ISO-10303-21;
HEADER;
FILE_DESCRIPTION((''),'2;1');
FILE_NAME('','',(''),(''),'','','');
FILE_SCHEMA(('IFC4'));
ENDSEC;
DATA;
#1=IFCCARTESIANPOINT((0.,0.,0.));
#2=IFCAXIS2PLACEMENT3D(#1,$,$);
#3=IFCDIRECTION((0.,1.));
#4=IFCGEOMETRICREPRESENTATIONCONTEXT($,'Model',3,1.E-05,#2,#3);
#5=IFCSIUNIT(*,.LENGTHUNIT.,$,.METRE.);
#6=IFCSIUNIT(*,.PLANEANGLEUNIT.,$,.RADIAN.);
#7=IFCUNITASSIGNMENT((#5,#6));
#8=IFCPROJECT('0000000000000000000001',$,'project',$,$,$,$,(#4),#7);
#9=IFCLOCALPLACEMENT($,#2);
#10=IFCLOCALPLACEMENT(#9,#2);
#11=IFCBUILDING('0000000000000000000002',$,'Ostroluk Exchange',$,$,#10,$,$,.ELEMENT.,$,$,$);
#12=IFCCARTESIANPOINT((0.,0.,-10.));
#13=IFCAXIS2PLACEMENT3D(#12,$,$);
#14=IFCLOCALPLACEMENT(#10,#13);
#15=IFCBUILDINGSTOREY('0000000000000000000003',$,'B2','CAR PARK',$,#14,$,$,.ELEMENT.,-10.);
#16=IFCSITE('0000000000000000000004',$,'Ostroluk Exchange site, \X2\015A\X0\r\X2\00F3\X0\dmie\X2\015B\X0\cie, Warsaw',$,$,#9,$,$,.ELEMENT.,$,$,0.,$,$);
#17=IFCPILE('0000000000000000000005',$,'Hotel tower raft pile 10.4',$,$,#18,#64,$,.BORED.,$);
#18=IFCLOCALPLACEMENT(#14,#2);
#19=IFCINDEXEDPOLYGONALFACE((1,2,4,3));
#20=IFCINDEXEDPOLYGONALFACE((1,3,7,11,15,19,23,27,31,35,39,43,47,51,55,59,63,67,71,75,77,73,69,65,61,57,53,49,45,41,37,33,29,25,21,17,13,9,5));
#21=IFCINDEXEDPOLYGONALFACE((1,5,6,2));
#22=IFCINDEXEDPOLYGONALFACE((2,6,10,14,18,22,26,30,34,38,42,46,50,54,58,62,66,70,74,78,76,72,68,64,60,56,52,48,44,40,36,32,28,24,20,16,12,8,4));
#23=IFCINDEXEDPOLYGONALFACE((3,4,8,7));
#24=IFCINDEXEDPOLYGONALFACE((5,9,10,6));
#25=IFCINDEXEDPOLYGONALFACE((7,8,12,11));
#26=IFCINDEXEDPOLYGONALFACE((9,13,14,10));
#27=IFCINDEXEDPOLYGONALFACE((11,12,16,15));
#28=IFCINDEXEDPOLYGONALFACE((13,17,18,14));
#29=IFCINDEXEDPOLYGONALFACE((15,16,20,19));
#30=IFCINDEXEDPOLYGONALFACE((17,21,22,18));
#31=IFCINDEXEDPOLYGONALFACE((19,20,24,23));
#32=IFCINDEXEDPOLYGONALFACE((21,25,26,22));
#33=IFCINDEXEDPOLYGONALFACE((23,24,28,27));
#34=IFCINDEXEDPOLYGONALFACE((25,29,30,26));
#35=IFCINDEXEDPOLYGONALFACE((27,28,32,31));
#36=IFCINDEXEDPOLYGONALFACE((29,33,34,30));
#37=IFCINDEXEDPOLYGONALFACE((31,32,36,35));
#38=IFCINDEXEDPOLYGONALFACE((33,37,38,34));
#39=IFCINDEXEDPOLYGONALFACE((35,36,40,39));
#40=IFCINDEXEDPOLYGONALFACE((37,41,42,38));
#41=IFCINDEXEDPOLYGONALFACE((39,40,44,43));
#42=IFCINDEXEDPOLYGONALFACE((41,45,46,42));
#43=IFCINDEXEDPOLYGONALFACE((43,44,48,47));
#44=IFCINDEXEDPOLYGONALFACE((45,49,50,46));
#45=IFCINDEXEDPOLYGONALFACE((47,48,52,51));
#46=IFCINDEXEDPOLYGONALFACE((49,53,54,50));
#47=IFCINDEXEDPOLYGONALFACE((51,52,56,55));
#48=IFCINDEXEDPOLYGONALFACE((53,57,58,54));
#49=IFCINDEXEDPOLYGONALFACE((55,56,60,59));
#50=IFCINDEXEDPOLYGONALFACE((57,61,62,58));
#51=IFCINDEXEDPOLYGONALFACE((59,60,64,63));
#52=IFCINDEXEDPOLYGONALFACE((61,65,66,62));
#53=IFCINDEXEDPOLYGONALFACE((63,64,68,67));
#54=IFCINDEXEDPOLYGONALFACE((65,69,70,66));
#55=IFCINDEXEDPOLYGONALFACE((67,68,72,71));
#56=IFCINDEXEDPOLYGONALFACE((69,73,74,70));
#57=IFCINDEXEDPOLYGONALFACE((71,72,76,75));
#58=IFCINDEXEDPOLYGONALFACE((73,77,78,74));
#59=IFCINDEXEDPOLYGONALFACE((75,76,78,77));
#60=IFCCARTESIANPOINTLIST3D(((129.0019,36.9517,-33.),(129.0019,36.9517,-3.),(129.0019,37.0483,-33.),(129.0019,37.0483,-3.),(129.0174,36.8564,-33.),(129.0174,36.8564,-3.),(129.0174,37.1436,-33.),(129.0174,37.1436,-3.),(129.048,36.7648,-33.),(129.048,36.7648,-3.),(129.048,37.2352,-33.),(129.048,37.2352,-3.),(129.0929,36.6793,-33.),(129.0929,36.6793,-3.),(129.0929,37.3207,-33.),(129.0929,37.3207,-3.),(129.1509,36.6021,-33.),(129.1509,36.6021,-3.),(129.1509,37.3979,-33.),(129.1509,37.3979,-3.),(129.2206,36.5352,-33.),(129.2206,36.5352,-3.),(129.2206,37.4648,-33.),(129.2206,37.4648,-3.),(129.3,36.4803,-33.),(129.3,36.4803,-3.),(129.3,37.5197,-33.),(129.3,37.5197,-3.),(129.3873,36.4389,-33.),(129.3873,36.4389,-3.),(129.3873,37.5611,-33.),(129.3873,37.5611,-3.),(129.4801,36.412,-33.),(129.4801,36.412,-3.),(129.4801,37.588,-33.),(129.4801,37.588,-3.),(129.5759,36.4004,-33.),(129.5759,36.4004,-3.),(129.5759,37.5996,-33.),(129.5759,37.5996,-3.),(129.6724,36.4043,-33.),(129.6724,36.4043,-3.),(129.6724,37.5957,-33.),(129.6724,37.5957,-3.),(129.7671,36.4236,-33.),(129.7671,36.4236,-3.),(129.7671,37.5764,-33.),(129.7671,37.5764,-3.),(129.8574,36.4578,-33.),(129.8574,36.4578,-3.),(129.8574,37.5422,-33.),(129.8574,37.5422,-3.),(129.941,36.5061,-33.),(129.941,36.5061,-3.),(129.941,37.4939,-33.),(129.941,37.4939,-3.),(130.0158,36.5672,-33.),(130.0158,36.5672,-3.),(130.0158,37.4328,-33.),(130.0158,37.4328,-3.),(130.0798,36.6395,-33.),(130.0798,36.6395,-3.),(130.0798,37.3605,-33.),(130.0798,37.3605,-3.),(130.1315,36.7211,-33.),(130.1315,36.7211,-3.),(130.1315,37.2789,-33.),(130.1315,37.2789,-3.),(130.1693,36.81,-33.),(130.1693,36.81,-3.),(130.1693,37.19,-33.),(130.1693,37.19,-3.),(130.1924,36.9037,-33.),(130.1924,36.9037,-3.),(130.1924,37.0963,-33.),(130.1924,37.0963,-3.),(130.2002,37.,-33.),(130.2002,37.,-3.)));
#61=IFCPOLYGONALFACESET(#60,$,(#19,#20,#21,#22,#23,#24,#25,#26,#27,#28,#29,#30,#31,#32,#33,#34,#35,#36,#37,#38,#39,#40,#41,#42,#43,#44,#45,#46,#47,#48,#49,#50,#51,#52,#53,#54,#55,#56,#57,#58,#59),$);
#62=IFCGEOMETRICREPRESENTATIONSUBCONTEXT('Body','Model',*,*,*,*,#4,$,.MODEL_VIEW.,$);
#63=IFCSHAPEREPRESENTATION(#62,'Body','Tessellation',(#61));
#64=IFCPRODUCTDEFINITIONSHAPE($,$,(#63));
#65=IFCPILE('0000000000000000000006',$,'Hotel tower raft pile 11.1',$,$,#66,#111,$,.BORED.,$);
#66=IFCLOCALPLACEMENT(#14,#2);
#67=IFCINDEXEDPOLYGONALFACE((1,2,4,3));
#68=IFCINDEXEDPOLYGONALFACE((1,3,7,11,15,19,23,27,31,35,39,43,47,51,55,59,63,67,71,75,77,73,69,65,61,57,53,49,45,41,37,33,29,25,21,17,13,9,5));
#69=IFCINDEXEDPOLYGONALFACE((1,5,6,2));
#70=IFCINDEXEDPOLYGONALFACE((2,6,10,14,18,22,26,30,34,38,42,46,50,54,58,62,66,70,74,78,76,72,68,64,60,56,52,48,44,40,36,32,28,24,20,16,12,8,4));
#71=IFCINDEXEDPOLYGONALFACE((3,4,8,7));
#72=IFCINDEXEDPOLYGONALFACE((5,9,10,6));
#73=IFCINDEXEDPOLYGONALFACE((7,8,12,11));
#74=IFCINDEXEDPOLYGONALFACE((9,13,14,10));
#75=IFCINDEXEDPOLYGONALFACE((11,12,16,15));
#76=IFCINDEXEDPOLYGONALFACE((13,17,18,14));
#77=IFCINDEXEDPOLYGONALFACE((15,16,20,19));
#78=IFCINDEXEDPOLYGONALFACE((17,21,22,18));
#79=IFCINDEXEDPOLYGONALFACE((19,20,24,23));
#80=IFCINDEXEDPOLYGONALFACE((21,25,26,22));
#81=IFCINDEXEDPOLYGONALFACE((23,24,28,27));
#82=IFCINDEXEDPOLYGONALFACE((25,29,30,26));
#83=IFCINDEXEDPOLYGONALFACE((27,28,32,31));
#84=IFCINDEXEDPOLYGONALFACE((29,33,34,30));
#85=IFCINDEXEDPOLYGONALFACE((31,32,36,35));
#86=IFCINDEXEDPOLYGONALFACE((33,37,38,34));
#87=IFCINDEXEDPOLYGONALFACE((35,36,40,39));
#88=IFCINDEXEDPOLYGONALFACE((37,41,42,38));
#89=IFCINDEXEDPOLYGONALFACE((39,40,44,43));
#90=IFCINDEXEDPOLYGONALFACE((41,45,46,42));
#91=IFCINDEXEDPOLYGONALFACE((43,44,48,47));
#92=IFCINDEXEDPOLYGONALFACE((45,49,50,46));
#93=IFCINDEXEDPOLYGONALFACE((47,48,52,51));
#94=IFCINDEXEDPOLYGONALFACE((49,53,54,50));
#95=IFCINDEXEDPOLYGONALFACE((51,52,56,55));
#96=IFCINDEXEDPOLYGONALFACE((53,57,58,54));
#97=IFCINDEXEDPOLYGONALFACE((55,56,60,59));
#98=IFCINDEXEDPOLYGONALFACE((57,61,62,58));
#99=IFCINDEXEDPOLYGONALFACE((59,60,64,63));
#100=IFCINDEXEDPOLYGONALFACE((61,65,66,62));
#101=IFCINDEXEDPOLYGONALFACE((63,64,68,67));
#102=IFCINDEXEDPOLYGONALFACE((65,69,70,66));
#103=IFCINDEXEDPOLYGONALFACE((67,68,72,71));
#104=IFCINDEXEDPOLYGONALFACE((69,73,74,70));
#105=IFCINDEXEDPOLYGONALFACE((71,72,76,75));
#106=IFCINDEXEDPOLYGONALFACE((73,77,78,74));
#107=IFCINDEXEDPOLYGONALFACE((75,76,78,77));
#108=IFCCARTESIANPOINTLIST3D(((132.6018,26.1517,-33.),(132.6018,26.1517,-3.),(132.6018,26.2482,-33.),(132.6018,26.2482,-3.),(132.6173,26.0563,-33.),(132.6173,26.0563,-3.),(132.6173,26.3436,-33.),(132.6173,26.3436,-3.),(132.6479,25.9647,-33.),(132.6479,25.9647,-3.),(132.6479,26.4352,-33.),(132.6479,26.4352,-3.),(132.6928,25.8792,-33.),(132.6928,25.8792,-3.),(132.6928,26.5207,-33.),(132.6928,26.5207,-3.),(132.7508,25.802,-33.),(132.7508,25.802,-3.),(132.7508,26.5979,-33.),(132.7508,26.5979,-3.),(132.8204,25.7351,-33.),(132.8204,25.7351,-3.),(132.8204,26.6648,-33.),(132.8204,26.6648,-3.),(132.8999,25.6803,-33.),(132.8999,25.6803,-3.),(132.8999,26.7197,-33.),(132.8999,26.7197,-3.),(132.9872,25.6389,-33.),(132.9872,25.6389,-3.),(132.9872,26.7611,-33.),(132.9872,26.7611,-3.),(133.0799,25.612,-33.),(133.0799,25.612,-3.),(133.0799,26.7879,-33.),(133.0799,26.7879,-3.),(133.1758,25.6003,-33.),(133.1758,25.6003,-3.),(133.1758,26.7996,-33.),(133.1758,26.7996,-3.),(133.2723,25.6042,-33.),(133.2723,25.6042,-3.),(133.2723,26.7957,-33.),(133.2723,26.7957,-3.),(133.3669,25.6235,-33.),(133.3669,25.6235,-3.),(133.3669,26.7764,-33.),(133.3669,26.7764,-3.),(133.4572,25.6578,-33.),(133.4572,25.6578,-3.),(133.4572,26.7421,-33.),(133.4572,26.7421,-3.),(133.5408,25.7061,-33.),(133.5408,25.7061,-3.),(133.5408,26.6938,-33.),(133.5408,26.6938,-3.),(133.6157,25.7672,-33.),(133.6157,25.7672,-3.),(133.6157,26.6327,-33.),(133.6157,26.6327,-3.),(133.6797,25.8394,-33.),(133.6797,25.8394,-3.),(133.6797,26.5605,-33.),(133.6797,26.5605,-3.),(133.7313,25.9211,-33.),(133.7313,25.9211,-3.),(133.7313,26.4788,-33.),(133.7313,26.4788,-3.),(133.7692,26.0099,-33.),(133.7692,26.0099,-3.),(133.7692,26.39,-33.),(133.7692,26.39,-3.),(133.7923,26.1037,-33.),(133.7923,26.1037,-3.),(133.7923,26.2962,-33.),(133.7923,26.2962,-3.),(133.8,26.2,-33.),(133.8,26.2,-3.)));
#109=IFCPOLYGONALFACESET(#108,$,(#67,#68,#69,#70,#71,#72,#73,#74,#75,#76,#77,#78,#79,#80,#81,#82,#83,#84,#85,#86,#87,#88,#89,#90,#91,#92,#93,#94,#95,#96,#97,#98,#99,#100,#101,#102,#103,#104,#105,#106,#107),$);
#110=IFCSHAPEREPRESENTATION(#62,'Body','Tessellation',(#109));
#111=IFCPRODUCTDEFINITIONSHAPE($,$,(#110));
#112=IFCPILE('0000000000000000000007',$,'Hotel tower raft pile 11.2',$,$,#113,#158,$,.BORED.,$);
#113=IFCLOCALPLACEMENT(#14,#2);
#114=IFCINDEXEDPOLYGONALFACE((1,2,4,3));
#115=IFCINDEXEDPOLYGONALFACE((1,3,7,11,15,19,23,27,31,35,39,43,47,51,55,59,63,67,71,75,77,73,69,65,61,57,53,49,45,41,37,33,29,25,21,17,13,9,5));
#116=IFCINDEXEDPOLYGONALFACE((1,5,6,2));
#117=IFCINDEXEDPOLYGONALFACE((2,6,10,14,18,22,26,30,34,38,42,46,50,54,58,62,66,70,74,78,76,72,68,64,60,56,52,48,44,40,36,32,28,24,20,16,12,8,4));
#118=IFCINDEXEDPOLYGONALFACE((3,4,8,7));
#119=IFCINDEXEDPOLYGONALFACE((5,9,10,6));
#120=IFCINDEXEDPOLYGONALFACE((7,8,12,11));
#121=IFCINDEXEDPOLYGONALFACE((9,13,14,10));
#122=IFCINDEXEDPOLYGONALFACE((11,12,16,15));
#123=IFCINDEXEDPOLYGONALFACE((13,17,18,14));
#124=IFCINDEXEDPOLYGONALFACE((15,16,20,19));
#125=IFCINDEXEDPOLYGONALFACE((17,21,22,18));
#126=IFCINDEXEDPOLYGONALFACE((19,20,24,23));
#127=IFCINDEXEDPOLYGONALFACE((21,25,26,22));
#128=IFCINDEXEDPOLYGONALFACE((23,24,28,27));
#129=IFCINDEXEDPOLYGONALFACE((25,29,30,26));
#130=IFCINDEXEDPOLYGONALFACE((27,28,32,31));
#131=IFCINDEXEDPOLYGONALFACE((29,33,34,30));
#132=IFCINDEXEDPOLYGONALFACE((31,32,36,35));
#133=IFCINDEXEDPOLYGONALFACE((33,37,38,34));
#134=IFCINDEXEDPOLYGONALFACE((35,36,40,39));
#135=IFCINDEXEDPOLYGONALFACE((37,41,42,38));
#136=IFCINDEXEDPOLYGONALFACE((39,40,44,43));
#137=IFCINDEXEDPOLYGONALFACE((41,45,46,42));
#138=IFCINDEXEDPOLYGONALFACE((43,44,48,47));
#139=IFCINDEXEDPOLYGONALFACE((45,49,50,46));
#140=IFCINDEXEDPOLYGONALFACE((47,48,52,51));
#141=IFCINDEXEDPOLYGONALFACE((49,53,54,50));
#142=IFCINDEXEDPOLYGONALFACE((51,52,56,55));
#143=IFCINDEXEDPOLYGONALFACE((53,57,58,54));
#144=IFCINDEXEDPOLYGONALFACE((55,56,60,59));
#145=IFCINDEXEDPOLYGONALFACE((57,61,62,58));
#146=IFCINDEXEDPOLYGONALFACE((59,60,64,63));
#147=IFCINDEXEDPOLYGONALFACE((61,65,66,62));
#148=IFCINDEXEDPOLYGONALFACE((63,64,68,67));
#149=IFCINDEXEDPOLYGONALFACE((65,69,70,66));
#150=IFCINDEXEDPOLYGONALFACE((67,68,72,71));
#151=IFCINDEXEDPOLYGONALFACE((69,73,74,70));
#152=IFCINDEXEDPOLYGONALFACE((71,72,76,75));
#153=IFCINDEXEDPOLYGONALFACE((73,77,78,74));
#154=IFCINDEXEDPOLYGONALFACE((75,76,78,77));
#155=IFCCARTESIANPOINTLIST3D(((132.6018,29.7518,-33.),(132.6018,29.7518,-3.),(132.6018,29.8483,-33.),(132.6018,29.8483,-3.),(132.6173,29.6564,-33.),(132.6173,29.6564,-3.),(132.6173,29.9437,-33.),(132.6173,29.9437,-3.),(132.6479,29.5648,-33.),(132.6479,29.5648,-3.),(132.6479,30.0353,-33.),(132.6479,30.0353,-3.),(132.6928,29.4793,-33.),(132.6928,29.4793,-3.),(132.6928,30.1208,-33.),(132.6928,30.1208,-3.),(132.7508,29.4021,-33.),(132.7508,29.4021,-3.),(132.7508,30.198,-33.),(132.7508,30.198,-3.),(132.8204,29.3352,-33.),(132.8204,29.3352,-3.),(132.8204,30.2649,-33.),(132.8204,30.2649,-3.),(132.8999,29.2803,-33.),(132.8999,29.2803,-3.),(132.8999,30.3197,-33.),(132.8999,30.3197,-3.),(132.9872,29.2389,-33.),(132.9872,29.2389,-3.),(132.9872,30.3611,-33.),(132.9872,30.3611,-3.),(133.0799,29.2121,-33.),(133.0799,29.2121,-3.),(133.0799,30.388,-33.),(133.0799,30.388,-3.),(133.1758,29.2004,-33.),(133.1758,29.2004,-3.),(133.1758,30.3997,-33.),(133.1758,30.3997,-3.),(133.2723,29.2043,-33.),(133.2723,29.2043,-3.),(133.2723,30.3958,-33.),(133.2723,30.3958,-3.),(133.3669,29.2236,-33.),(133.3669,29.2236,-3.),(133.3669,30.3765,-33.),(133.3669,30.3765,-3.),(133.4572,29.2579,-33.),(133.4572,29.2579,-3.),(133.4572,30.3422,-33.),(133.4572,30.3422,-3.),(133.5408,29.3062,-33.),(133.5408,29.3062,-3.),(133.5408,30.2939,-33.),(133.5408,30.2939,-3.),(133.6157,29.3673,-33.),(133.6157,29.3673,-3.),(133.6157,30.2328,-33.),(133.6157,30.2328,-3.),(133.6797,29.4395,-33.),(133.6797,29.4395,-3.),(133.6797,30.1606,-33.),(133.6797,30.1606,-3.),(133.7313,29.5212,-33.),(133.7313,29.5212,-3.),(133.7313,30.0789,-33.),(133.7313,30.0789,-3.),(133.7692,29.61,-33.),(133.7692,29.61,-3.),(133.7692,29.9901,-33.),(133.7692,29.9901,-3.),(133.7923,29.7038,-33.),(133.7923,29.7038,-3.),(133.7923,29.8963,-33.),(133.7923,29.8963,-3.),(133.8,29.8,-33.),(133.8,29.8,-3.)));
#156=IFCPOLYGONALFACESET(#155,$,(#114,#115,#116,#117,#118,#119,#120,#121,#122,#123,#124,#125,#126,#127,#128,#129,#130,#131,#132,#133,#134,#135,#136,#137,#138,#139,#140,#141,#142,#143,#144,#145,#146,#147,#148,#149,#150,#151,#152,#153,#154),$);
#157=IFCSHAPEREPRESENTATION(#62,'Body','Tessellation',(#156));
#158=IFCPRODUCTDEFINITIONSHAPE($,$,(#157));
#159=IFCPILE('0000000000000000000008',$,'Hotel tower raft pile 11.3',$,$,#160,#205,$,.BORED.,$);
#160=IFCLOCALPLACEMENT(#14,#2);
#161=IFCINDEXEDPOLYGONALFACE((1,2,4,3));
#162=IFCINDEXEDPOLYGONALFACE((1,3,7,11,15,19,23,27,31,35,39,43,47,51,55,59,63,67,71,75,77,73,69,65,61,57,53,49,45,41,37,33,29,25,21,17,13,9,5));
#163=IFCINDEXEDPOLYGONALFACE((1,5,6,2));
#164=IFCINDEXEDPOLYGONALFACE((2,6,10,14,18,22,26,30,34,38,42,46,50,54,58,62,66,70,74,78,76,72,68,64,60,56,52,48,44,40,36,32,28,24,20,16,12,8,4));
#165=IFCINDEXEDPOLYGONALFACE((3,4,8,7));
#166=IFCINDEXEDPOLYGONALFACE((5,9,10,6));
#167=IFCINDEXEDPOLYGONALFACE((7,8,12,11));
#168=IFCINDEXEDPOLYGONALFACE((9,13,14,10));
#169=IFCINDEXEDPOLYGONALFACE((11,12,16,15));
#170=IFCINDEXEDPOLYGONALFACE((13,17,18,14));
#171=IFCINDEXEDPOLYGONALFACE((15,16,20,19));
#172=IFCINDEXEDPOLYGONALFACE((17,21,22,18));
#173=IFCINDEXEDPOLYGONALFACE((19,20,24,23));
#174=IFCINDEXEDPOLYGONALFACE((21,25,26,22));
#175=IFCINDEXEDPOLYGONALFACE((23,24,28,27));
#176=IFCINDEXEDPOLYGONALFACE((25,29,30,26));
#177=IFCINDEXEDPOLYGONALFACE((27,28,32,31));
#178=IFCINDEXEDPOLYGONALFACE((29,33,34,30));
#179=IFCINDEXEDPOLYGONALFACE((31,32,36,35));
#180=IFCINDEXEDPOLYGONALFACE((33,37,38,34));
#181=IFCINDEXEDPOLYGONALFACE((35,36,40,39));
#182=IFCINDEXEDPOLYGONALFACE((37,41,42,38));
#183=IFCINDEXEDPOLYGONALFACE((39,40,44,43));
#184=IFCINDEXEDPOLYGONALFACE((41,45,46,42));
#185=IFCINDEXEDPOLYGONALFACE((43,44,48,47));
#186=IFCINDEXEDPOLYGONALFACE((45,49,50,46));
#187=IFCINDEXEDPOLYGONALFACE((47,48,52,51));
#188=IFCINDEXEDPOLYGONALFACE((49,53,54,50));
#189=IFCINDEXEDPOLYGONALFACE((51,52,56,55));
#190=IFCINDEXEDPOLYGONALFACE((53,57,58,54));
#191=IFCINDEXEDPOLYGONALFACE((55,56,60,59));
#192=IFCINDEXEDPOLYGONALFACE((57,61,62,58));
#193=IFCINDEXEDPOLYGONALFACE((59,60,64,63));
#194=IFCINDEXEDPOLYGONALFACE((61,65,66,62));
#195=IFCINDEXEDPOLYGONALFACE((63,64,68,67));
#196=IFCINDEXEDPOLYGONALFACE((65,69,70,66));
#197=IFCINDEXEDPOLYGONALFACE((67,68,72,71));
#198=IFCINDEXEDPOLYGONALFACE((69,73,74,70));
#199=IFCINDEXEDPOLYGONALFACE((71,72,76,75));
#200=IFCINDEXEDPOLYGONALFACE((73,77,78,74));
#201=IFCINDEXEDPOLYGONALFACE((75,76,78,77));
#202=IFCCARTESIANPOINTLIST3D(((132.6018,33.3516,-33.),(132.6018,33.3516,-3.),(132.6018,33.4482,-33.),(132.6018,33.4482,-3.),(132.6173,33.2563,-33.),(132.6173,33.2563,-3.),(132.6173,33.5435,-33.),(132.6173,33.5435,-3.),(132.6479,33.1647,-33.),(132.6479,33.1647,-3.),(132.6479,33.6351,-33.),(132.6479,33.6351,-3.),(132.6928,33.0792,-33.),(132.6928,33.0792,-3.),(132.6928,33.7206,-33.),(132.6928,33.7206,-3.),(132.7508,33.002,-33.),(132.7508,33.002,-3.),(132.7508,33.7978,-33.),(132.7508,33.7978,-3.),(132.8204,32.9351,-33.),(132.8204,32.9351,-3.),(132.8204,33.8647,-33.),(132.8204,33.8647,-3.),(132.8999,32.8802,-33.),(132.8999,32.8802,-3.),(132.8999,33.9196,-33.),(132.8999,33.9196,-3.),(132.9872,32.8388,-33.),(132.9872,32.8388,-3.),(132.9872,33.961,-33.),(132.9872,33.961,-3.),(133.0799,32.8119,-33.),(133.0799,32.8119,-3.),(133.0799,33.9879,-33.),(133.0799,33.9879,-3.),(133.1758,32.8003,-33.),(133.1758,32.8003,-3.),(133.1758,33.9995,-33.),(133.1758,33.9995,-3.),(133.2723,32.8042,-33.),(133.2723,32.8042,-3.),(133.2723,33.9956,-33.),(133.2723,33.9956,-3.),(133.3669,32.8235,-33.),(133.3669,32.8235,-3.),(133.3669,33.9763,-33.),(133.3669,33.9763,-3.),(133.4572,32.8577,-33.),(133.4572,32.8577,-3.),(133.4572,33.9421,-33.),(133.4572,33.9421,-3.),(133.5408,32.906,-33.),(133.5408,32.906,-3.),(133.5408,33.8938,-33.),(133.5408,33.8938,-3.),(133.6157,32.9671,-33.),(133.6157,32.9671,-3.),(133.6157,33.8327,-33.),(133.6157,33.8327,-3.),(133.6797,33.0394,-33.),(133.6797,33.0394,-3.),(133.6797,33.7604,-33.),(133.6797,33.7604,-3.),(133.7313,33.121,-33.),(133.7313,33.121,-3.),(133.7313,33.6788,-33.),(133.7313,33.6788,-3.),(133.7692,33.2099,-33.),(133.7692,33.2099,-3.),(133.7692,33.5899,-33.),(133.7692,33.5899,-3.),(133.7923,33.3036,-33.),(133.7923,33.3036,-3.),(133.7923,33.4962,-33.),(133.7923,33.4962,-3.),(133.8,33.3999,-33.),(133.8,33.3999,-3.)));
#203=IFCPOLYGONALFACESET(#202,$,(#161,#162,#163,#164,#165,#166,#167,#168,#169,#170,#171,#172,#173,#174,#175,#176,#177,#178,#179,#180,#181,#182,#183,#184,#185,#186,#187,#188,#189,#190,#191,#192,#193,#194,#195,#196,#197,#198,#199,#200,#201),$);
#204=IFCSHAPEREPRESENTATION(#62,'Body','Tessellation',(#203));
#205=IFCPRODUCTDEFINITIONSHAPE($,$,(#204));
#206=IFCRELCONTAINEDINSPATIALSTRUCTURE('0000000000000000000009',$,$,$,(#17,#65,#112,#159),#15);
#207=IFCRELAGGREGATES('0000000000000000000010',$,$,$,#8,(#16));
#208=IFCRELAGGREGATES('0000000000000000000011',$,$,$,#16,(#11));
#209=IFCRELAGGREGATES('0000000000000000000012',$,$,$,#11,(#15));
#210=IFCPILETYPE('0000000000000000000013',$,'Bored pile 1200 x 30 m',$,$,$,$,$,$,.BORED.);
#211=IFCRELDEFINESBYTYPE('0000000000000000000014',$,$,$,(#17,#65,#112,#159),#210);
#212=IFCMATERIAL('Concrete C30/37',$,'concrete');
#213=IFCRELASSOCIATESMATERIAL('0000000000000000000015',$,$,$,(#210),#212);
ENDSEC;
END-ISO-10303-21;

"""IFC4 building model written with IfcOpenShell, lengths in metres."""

from ifc_helpers import new_model, si_unit, direction, frame, origin, origin_2d, place, context, subcontext, project, spatial, circle, extrude, material, type_object, element, save


model = new_model("IFC4")

# Units and contexts
model_context = context("Model", 3, precision=1e-05, world=origin(), true_north=direction((0.0, 1.0)))
body_context = subcontext(model_context, "Body", "Model", "MODEL_VIEW")
ifc_project = project(units=[si_unit("LENGTHUNIT", "METRE"), si_unit("PLANEANGLEUNIT", "RADIAN")], contexts=[model_context])

# Site, building, storey
site_placement = place(None, origin())
site = spatial("IfcSite", under=ifc_project, at=site_placement, Name="Ostroluk Exchange site, Śródmieście, Warsaw", CompositionType="ELEMENT", RefElevation=0.0)
building_placement = place(site_placement, origin())
building = spatial("IfcBuilding", under=site, at=building_placement, Name="Ostroluk Exchange", CompositionType="ELEMENT")
storey_placement = place(building_placement, frame((0.0, 0.0, -10.0)))
storey = spatial("IfcBuildingStorey", under=building, at=storey_placement, Name="B2", Description="CAR PARK", CompositionType="ELEMENT", Elevation=-10.0)

# Piles
ifc_material_1 = material(Name="Concrete C30/37", Category="concrete")
pile_type_1 = type_object("IfcPileType", Name="Bored pile 1200 x 30 m", PredefinedType="BORED", material=ifc_material_1)
for number, where, z_axis, x_axis, name in (
    (1, (129.6001, 37.0, -3.0), (0.0, 0.0, -1.0), (1.0, 0.0, 0.0), "Hotel tower raft pile 10.4"),
    (2, (133.2, 26.2, -3.0), (0.0, 0.0, -1.0), (1.0, 0.0, 0.0), "Hotel tower raft pile 11.1"),
    (3, (133.2, 29.8, -3.0), (0.0, 0.0, -1.0), (1.0, 0.0, 0.0), "Hotel tower raft pile 11.2"),
    (4, (133.2, 33.3999, -3.0), (0.0, 0.0, -1.0), (1.0, 0.0, 0.0), "Hotel tower raft pile 11.3"),
):
    element("IfcPile", number, at=place(storey_placement, frame(where, z_axis=z_axis, x_axis=x_axis)), inside=storey, type_object=pile_type_1, Name=name, PredefinedType="BORED", context=body_context, shape_type="SweptSolid", body=[
        extrude(circle(Radius=0.6001, at=origin_2d()), origin(), (0.0, 0.0, 1.0), 30.0),
    ])

save(model, "model.ifc")
